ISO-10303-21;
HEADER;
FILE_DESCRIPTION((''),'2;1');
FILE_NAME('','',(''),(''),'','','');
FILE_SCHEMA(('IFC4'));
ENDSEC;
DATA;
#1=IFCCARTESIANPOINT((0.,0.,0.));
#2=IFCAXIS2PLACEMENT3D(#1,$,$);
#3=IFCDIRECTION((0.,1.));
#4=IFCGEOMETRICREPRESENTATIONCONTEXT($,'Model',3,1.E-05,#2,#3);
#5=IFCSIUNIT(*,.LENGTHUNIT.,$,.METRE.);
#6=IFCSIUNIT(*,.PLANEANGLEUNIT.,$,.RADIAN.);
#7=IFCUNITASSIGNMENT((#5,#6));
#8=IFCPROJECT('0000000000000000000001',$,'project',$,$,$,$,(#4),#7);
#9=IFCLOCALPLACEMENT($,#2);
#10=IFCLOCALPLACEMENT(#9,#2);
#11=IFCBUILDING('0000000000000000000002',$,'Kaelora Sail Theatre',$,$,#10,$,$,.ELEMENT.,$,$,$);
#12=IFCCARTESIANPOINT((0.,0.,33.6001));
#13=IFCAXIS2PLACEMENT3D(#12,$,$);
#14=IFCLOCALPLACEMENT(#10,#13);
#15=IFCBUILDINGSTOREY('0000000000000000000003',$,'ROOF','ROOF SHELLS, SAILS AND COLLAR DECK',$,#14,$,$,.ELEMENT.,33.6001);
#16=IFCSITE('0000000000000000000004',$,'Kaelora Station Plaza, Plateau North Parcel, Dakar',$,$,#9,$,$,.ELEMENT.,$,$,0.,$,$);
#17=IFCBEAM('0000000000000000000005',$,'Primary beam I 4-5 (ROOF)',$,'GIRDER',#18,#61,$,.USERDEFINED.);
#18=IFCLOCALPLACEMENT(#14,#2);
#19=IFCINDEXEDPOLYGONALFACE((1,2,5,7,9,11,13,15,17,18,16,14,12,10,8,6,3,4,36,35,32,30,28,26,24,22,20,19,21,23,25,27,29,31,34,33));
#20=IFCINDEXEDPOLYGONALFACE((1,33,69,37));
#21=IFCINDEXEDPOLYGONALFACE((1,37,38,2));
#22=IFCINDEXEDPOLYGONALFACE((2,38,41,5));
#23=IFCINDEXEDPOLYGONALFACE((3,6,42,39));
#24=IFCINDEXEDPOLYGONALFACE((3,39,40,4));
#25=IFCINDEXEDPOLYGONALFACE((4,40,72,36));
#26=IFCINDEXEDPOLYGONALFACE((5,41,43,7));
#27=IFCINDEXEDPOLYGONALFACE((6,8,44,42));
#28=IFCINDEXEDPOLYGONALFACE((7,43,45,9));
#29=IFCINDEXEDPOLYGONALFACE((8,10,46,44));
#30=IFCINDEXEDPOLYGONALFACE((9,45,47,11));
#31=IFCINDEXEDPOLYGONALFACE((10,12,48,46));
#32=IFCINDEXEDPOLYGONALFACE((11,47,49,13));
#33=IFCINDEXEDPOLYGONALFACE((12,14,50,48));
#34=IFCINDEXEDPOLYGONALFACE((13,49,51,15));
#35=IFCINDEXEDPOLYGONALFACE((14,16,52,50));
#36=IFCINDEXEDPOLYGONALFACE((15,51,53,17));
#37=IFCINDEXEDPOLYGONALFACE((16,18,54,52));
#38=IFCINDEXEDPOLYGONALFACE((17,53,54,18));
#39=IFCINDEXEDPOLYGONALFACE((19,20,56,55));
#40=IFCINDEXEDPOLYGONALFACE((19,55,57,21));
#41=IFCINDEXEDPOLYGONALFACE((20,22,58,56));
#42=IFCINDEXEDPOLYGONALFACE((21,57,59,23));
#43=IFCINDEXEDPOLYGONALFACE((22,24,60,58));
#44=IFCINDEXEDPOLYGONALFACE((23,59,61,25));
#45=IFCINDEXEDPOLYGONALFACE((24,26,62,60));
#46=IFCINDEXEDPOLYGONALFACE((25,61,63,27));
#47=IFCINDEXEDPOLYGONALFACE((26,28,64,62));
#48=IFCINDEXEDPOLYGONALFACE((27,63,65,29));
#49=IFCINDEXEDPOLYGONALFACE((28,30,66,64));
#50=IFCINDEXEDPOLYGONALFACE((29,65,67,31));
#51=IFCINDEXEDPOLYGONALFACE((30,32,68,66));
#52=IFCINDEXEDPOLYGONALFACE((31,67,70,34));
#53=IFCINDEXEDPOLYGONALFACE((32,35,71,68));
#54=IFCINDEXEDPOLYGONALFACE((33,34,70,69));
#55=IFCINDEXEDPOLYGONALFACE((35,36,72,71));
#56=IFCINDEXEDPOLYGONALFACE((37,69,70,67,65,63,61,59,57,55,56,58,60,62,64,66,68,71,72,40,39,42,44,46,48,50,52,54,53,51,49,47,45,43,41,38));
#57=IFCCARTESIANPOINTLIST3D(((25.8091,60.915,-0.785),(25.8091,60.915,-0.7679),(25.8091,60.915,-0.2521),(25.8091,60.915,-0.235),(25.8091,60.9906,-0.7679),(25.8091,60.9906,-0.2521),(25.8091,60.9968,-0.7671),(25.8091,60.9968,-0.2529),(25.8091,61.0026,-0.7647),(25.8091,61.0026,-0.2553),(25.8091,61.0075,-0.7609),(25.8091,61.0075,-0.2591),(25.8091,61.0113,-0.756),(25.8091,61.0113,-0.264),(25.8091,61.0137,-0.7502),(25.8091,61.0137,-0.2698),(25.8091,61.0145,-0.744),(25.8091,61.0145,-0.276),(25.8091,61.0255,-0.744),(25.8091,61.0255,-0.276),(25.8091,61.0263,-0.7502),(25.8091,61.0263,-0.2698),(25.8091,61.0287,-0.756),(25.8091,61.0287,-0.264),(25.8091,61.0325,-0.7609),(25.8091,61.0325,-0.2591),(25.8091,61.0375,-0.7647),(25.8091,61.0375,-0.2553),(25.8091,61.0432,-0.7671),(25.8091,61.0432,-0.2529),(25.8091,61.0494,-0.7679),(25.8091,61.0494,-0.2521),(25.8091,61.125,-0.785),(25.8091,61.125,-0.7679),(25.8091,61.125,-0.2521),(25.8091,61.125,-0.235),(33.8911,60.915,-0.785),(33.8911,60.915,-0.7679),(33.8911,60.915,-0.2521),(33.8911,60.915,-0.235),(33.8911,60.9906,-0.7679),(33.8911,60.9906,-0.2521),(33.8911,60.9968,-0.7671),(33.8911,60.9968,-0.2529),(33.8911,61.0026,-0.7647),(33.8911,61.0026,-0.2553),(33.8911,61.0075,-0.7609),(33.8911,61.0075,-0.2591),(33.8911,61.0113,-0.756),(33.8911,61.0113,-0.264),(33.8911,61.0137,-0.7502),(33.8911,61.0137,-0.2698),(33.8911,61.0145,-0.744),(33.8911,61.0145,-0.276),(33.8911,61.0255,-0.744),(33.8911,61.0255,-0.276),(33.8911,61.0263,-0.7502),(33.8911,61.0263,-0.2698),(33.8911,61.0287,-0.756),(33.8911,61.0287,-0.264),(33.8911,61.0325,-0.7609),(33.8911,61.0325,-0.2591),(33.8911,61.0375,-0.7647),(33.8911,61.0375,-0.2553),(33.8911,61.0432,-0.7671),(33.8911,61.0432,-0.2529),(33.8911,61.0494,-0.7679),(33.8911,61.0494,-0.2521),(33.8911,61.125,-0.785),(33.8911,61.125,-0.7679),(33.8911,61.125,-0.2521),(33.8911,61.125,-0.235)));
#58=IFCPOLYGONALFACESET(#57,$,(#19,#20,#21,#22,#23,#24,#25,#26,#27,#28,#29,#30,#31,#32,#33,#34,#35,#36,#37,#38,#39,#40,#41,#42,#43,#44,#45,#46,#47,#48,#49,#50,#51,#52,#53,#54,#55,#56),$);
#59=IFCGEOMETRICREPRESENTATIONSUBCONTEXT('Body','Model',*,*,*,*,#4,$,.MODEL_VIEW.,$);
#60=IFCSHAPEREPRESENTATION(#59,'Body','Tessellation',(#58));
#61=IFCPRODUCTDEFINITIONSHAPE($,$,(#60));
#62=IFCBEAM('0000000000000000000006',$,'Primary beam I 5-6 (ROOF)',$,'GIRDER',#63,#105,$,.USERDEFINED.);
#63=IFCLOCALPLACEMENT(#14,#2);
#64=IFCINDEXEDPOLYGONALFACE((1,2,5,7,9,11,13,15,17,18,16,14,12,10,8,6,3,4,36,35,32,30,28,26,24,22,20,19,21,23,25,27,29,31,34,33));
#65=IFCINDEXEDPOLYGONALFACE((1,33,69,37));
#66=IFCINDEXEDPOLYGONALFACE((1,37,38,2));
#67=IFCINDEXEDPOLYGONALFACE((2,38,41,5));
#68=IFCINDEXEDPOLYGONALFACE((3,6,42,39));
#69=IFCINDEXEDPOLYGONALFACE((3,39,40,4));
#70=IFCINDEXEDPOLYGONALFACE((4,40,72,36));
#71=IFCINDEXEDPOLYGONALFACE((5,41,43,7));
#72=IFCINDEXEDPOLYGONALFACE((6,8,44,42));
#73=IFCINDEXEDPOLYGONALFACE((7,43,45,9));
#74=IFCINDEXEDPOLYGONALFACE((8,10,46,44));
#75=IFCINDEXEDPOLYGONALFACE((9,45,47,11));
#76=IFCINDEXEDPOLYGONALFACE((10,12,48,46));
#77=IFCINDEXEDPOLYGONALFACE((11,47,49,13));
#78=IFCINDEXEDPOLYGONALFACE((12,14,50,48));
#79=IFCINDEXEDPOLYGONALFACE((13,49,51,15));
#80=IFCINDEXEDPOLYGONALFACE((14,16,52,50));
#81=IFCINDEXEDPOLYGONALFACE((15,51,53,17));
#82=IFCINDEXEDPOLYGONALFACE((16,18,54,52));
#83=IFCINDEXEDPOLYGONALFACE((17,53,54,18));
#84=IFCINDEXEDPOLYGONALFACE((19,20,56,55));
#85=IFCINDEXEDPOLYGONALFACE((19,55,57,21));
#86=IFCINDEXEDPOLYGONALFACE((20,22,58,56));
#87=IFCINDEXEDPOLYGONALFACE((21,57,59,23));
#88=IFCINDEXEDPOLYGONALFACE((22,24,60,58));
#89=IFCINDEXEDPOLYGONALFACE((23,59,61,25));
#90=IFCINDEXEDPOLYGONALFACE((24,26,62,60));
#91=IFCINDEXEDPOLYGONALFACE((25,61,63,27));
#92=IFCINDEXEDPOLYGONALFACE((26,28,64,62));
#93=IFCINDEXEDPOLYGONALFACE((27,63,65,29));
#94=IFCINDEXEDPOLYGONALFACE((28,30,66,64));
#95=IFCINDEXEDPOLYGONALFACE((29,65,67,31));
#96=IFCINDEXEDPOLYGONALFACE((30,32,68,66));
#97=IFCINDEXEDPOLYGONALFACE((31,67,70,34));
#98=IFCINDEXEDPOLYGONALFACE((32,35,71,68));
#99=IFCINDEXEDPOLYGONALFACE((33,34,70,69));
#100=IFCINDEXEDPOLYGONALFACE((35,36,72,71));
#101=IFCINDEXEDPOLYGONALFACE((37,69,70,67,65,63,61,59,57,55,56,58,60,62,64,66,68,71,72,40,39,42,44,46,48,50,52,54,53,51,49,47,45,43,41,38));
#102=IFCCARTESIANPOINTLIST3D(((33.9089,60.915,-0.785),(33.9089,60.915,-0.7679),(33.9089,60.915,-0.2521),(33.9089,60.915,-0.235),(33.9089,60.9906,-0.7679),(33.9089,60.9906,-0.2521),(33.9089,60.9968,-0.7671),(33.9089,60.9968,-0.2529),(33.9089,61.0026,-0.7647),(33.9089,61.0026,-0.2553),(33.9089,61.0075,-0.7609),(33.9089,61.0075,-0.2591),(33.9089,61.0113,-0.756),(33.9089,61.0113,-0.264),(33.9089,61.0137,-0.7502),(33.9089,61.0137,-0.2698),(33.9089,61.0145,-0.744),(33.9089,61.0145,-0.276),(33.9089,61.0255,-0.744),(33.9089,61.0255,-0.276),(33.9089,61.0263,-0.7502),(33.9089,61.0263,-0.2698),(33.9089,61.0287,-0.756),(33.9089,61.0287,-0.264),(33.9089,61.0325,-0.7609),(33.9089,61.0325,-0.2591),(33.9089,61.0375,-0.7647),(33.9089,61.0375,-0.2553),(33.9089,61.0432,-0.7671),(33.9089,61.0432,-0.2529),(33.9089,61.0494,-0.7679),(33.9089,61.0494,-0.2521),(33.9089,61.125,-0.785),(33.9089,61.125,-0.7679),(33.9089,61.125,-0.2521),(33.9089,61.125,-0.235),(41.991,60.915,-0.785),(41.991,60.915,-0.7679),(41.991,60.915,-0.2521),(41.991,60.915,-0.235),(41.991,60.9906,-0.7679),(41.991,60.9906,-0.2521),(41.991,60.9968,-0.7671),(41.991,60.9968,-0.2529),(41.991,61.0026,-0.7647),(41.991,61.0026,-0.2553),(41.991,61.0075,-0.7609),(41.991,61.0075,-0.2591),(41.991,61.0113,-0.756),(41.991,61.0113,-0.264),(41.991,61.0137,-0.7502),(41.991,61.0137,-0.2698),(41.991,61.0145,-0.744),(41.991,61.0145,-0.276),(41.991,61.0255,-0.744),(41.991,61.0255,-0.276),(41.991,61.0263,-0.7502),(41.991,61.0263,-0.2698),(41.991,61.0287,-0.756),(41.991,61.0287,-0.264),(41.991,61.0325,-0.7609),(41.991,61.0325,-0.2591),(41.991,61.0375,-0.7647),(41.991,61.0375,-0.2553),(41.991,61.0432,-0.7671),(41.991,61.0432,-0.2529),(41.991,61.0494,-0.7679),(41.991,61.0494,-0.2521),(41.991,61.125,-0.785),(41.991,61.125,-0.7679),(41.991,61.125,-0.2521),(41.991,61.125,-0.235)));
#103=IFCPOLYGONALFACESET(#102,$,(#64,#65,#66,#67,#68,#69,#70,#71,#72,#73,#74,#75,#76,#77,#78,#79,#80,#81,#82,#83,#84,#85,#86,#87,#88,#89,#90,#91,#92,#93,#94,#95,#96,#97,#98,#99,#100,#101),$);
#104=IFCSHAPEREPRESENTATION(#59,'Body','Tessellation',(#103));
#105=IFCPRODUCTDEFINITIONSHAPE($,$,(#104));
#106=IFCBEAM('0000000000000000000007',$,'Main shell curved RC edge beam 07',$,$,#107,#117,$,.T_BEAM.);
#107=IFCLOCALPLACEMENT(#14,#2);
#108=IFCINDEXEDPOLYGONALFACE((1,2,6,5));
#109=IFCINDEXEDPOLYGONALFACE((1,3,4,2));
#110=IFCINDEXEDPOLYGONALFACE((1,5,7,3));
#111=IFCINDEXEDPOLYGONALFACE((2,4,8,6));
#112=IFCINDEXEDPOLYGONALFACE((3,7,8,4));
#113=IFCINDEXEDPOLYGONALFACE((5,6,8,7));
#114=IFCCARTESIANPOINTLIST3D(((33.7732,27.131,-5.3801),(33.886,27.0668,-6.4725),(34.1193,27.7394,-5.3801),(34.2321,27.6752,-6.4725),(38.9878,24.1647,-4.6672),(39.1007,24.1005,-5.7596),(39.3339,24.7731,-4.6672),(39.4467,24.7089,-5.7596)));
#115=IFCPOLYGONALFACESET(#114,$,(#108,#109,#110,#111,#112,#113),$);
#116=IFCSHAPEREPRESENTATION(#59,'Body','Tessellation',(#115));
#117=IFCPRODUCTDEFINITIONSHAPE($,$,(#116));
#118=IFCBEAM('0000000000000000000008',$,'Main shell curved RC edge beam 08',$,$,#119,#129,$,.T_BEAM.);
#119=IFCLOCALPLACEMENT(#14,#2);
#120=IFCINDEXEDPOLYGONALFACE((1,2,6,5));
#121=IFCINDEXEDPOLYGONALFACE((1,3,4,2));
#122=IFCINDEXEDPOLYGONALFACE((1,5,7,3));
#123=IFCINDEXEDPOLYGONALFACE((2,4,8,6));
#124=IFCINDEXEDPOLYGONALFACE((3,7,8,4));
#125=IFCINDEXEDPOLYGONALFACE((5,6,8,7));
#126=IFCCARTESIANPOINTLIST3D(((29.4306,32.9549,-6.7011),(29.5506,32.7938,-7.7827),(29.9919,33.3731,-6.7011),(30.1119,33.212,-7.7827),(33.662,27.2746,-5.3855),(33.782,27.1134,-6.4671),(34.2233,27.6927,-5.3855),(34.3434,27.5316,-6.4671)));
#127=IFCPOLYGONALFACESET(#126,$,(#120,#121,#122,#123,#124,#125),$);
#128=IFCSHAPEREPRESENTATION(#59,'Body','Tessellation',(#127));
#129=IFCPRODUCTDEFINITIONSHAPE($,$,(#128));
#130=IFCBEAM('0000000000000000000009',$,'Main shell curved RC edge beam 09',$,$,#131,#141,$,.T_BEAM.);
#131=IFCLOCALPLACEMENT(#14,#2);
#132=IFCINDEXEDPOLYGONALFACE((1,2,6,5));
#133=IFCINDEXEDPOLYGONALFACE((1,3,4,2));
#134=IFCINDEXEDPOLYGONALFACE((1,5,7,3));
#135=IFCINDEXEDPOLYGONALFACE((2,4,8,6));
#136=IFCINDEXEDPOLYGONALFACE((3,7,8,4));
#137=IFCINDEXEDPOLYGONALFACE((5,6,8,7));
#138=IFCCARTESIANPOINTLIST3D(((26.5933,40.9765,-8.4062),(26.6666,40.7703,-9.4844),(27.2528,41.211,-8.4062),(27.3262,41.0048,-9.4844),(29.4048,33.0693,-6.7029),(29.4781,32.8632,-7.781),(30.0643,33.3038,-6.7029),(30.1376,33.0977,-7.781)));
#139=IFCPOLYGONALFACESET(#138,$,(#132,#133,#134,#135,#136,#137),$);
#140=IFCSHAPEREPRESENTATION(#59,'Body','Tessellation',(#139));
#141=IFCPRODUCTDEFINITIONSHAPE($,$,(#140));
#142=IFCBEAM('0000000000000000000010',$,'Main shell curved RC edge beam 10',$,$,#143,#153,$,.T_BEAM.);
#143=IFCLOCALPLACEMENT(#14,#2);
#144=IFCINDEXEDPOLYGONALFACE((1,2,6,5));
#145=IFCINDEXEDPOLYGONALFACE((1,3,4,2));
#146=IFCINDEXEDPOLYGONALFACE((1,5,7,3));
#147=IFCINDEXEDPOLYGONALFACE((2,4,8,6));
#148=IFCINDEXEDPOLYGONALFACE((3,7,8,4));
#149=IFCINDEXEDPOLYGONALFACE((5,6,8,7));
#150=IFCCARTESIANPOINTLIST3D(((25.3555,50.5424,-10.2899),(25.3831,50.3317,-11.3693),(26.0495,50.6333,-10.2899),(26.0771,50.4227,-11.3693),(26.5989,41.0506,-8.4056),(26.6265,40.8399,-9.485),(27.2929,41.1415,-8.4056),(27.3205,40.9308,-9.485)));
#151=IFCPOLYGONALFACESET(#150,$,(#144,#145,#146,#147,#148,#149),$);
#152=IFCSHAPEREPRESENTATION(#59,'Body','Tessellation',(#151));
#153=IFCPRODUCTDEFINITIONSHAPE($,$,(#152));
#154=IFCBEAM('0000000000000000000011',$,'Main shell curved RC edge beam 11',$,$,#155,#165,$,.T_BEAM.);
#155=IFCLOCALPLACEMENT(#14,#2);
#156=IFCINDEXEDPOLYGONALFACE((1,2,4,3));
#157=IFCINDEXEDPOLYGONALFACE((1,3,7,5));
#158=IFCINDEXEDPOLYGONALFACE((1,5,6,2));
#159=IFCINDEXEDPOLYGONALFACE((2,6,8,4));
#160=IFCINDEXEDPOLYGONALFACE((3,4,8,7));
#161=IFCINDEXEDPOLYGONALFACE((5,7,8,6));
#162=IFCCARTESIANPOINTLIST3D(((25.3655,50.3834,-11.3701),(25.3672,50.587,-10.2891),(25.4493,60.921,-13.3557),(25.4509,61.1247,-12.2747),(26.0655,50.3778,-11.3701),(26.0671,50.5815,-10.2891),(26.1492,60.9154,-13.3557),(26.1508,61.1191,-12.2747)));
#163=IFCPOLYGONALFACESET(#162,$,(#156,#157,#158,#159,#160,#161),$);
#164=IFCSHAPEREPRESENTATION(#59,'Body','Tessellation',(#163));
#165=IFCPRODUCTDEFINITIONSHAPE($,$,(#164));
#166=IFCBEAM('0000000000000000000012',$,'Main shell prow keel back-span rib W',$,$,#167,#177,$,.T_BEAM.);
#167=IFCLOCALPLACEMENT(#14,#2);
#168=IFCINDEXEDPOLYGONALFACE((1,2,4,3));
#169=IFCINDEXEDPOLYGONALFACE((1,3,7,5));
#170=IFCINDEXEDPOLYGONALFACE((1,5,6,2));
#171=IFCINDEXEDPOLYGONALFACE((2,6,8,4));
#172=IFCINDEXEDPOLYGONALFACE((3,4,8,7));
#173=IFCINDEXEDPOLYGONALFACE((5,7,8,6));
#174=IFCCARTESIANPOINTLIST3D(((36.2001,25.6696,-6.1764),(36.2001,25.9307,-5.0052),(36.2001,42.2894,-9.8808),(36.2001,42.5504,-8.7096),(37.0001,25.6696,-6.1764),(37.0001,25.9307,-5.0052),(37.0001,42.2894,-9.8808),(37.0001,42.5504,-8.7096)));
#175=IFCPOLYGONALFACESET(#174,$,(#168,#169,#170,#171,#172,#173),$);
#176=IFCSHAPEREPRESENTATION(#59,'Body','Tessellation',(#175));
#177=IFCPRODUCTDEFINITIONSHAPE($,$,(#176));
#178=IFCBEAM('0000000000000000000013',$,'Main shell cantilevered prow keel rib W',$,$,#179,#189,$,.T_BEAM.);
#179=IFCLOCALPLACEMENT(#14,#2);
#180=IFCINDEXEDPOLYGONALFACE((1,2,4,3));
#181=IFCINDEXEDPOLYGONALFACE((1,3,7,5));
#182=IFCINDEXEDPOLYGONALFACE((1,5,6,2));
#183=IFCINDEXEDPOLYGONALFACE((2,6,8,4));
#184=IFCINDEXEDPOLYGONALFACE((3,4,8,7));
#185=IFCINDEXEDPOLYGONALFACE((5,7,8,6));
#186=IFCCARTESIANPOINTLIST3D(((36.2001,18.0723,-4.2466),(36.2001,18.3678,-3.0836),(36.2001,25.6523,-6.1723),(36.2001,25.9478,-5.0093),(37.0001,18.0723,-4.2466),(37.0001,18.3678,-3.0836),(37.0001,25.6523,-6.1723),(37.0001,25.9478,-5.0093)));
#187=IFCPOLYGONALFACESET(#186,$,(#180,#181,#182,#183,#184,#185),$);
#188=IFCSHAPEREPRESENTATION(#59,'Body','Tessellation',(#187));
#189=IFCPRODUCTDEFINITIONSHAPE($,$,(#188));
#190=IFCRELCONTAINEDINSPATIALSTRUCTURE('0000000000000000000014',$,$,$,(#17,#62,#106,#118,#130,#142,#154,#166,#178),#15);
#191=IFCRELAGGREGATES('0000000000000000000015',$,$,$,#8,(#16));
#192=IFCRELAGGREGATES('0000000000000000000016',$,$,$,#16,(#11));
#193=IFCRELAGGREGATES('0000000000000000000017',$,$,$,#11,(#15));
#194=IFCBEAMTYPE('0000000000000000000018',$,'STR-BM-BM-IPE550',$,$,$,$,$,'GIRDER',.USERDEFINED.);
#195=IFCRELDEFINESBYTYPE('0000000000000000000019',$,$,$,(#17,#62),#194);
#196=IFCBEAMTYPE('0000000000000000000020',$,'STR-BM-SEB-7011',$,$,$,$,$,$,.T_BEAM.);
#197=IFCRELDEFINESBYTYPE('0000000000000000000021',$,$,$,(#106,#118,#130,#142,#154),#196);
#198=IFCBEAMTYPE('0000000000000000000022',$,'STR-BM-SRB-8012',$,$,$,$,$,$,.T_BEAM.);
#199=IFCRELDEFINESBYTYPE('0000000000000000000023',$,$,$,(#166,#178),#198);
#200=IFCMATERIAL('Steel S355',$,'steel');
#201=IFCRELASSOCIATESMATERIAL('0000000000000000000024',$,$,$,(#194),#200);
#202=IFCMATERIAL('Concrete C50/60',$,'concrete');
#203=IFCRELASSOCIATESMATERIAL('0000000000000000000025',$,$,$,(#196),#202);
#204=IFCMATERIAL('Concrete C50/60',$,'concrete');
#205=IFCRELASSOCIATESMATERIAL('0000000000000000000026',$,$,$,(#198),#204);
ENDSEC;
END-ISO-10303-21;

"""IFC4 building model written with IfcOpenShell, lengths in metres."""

from ifc_helpers import new_model, si_unit, direction, frame, origin, origin_2d, place, context, subcontext, project, spatial, rectangle, i_section, extrude, material, material_profile, profile_set, type_object, element, save


model = new_model("IFC4")

# Units and contexts
model_context = context("Model", 3, precision=1e-05, world=origin(), true_north=direction((0.0, 1.0)))
body_context = subcontext(model_context, "Body", "Model", "MODEL_VIEW")
ifc_project = project(units=[si_unit("LENGTHUNIT", "METRE"), si_unit("PLANEANGLEUNIT", "RADIAN")], contexts=[model_context])

# Site, building, storey
site_placement = place(None, origin())
site = spatial("IfcSite", under=ifc_project, at=site_placement, Name="Kaelora Station Plaza, Plateau North Parcel, Dakar", CompositionType="ELEMENT", RefElevation=0.0)
building_placement = place(site_placement, origin())
building = spatial("IfcBuilding", under=site, at=building_placement, Name="Kaelora Sail Theatre", CompositionType="ELEMENT")
storey_placement = place(building_placement, frame((0.0, 0.0, 33.6001)))
storey = spatial("IfcBuildingStorey", under=building, at=storey_placement, Name="ROOF", Description="ROOF SHELLS, SAILS AND COLLAR DECK", CompositionType="ELEMENT", Elevation=33.6001)

# Beams
ifc_material_1 = material(Name="Steel S355", Category="steel")
ifc_material_profile_1 = material_profile(ifc_material_1, i_section(OverallWidth=0.21, OverallDepth=0.55, WebThickness=0.011, FlangeThickness=0.0171, FilletRadius=0.0239, at=origin_2d()), Name="IPE 550")
ifc_profile_set_1 = profile_set([ifc_material_profile_1], Name="Steel S355")
beam_type_1 = type_object("IfcBeamType", Name="STR-BM-BM-IPE550", ElementType="GIRDER", PredefinedType="USERDEFINED", material=ifc_profile_set_1)
for number, where, z_axis, x_axis, name in (
    (1, (25.8091, 61.02, -0.51), (1.0, 0.0, 0.0), (0.0, 1.0, 0.0), "Primary beam I 4-5 (ROOF)"),
    (2, (33.9089, 61.02, -0.51), (1.0, 0.0, 0.0), (0.0, 1.0, 0.0), "Primary beam I 5-6 (ROOF)"),
):
    element("IfcBeam", number, at=place(storey_placement, frame(where, z_axis=z_axis, x_axis=x_axis)), inside=storey, type_object=beam_type_1, Name=name, ObjectType="GIRDER", PredefinedType="USERDEFINED", context=body_context, shape_type="SweptSolid", body=[
        extrude(i_section(OverallWidth=0.21, OverallDepth=0.55, WebThickness=0.011, FlangeThickness=0.0171, FilletRadius=0.0239, at=origin_2d()), origin(), (0.0, 0.0, 1.0), 8.082),
    ])
ifc_material_2 = material(Name="Concrete C50/60", Category="concrete")
ifc_material_profile_2 = material_profile(ifc_material_2, rectangle(XDim=0.7, YDim=1.1001, at=origin_2d()), Name="RC-SEB 700x1100")
ifc_profile_set_2 = profile_set([ifc_material_profile_2], Name="Concrete C50/60")
beam_type_2 = type_object("IfcBeamType", Name="STR-BM-SEB-7011", PredefinedType="T_BEAM", material=ifc_profile_set_2)
beam_1_placement = place(storey_placement, frame((39.2173, 24.4368, -5.2134), z_axis=(-0.863136, 0.490992, -0.118), x_axis=(-0.494446, -0.869208, 0.0)))
element("IfcBeam", 3, at=beam_1_placement, inside=storey, type_object=beam_type_2, Name="Main shell curved RC edge beam 07", PredefinedType="T_BEAM", context=body_context, shape_type="SweptSolid", body=[
    extrude(rectangle(XDim=0.7, YDim=1.1001, at=origin_2d()), origin(), (0.0, 0.0, 1.0), 6.0415),
])
beam_2_placement = place(storey_placement, frame((34.0027, 27.4031, -5.9263), z_axis=(-0.587342, 0.788466, -0.182621), x_axis=(-0.801952, -0.597388, 0.0)))
element("IfcBeam", 4, at=beam_2_placement, inside=storey, type_object=beam_type_2, Name="Main shell curved RC edge beam 08", PredefinedType="T_BEAM", context=body_context, shape_type="SweptSolid", body=[
    extrude(rectangle(XDim=0.7, YDim=1.1001, at=origin_2d()), origin(), (0.0, 0.0, 1.0), 7.2043),
])
beam_3_placement = place(storey_placement, frame((29.7712, 33.0835, -7.2419), z_axis=(-0.328322, 0.923384, -0.198915), x_axis=(-0.942212, -0.335017, 0.0)))
element("IfcBeam", 5, at=beam_3_placement, inside=storey, type_object=beam_type_2, Name="Main shell curved RC edge beam 09", PredefinedType="T_BEAM", context=body_context, shape_type="SweptSolid", body=[
    extrude(rectangle(XDim=0.7, YDim=1.1001, at=origin_2d()), origin(), (0.0, 0.0, 1.0), 8.5632),
])
beam_4_placement = place(storey_placement, frame((26.9597, 40.9907, -8.9453), z_axis=(-0.127444, 0.972861, -0.193131), x_axis=(-0.991528, -0.12989, 0.0)))
element("IfcBeam", 6, at=beam_4_placement, inside=storey, type_object=beam_type_2, Name="Main shell curved RC edge beam 10", PredefinedType="T_BEAM", context=body_context, shape_type="SweptSolid", body=[
    extrude(rectangle(XDim=0.7, YDim=1.1001, at=origin_2d()), origin(), (0.0, 0.0, 1.0), 9.7566),
])
beam_5_placement = place(storey_placement, frame((25.7163, 50.4824, -10.8296), z_axis=(0.007809, 0.982676, -0.185165), x_axis=(-0.999968, 0.007947, 0.0)))
element("IfcBeam", 7, at=beam_5_placement, inside=storey, type_object=beam_type_2, Name="Main shell curved RC edge beam 11", PredefinedType="T_BEAM", context=body_context, shape_type="SweptSolid", body=[
    extrude(rectangle(XDim=0.7, YDim=1.1001, at=origin_2d()), origin(), (0.0, 0.0, 1.0), 10.7234),
])
ifc_material_3 = material(Name="Concrete C50/60", Category="concrete")
ifc_material_profile_3 = material_profile(ifc_material_3, rectangle(XDim=0.8, YDim=1.2, at=origin_2d()), Name="RC-SRB 800x1200")
ifc_profile_set_3 = profile_set([ifc_material_profile_3], Name="Concrete C50/60")
beam_type_3 = type_object("IfcBeamType", Name="STR-BM-SRB-8012", PredefinedType="T_BEAM", material=ifc_profile_set_3)
beam_6_placement = place(storey_placement, frame((36.6001, 42.4199, -9.2952), z_axis=(0.0, -0.97605, 0.217548), x_axis=(1.0, 0.0, 0.0)))
element("IfcBeam", 8, at=beam_6_placement, inside=storey, type_object=beam_type_3, Name="Main shell prow keel back-span rib W", PredefinedType="T_BEAM", context=body_context, shape_type="SweptSolid", body=[
    extrude(rectangle(XDim=0.8, YDim=1.2, at=origin_2d()), origin(), (0.0, 0.0, 1.0), 17.0276),
])
beam_7_placement = place(storey_placement, frame((36.6001, 25.8, -5.5908), z_axis=(0.0, -0.96921, 0.246236), x_axis=(1.0, 0.0, 0.0)))
element("IfcBeam", 9, at=beam_7_placement, inside=storey, type_object=beam_type_3, Name="Main shell cantilevered prow keel rib W", PredefinedType="T_BEAM", context=body_context, shape_type="SweptSolid", body=[
    extrude(rectangle(XDim=0.8, YDim=1.2, at=origin_2d()), origin(), (0.0, 0.0, 1.0), 7.8208),
])

save(model, "model.ifc")
